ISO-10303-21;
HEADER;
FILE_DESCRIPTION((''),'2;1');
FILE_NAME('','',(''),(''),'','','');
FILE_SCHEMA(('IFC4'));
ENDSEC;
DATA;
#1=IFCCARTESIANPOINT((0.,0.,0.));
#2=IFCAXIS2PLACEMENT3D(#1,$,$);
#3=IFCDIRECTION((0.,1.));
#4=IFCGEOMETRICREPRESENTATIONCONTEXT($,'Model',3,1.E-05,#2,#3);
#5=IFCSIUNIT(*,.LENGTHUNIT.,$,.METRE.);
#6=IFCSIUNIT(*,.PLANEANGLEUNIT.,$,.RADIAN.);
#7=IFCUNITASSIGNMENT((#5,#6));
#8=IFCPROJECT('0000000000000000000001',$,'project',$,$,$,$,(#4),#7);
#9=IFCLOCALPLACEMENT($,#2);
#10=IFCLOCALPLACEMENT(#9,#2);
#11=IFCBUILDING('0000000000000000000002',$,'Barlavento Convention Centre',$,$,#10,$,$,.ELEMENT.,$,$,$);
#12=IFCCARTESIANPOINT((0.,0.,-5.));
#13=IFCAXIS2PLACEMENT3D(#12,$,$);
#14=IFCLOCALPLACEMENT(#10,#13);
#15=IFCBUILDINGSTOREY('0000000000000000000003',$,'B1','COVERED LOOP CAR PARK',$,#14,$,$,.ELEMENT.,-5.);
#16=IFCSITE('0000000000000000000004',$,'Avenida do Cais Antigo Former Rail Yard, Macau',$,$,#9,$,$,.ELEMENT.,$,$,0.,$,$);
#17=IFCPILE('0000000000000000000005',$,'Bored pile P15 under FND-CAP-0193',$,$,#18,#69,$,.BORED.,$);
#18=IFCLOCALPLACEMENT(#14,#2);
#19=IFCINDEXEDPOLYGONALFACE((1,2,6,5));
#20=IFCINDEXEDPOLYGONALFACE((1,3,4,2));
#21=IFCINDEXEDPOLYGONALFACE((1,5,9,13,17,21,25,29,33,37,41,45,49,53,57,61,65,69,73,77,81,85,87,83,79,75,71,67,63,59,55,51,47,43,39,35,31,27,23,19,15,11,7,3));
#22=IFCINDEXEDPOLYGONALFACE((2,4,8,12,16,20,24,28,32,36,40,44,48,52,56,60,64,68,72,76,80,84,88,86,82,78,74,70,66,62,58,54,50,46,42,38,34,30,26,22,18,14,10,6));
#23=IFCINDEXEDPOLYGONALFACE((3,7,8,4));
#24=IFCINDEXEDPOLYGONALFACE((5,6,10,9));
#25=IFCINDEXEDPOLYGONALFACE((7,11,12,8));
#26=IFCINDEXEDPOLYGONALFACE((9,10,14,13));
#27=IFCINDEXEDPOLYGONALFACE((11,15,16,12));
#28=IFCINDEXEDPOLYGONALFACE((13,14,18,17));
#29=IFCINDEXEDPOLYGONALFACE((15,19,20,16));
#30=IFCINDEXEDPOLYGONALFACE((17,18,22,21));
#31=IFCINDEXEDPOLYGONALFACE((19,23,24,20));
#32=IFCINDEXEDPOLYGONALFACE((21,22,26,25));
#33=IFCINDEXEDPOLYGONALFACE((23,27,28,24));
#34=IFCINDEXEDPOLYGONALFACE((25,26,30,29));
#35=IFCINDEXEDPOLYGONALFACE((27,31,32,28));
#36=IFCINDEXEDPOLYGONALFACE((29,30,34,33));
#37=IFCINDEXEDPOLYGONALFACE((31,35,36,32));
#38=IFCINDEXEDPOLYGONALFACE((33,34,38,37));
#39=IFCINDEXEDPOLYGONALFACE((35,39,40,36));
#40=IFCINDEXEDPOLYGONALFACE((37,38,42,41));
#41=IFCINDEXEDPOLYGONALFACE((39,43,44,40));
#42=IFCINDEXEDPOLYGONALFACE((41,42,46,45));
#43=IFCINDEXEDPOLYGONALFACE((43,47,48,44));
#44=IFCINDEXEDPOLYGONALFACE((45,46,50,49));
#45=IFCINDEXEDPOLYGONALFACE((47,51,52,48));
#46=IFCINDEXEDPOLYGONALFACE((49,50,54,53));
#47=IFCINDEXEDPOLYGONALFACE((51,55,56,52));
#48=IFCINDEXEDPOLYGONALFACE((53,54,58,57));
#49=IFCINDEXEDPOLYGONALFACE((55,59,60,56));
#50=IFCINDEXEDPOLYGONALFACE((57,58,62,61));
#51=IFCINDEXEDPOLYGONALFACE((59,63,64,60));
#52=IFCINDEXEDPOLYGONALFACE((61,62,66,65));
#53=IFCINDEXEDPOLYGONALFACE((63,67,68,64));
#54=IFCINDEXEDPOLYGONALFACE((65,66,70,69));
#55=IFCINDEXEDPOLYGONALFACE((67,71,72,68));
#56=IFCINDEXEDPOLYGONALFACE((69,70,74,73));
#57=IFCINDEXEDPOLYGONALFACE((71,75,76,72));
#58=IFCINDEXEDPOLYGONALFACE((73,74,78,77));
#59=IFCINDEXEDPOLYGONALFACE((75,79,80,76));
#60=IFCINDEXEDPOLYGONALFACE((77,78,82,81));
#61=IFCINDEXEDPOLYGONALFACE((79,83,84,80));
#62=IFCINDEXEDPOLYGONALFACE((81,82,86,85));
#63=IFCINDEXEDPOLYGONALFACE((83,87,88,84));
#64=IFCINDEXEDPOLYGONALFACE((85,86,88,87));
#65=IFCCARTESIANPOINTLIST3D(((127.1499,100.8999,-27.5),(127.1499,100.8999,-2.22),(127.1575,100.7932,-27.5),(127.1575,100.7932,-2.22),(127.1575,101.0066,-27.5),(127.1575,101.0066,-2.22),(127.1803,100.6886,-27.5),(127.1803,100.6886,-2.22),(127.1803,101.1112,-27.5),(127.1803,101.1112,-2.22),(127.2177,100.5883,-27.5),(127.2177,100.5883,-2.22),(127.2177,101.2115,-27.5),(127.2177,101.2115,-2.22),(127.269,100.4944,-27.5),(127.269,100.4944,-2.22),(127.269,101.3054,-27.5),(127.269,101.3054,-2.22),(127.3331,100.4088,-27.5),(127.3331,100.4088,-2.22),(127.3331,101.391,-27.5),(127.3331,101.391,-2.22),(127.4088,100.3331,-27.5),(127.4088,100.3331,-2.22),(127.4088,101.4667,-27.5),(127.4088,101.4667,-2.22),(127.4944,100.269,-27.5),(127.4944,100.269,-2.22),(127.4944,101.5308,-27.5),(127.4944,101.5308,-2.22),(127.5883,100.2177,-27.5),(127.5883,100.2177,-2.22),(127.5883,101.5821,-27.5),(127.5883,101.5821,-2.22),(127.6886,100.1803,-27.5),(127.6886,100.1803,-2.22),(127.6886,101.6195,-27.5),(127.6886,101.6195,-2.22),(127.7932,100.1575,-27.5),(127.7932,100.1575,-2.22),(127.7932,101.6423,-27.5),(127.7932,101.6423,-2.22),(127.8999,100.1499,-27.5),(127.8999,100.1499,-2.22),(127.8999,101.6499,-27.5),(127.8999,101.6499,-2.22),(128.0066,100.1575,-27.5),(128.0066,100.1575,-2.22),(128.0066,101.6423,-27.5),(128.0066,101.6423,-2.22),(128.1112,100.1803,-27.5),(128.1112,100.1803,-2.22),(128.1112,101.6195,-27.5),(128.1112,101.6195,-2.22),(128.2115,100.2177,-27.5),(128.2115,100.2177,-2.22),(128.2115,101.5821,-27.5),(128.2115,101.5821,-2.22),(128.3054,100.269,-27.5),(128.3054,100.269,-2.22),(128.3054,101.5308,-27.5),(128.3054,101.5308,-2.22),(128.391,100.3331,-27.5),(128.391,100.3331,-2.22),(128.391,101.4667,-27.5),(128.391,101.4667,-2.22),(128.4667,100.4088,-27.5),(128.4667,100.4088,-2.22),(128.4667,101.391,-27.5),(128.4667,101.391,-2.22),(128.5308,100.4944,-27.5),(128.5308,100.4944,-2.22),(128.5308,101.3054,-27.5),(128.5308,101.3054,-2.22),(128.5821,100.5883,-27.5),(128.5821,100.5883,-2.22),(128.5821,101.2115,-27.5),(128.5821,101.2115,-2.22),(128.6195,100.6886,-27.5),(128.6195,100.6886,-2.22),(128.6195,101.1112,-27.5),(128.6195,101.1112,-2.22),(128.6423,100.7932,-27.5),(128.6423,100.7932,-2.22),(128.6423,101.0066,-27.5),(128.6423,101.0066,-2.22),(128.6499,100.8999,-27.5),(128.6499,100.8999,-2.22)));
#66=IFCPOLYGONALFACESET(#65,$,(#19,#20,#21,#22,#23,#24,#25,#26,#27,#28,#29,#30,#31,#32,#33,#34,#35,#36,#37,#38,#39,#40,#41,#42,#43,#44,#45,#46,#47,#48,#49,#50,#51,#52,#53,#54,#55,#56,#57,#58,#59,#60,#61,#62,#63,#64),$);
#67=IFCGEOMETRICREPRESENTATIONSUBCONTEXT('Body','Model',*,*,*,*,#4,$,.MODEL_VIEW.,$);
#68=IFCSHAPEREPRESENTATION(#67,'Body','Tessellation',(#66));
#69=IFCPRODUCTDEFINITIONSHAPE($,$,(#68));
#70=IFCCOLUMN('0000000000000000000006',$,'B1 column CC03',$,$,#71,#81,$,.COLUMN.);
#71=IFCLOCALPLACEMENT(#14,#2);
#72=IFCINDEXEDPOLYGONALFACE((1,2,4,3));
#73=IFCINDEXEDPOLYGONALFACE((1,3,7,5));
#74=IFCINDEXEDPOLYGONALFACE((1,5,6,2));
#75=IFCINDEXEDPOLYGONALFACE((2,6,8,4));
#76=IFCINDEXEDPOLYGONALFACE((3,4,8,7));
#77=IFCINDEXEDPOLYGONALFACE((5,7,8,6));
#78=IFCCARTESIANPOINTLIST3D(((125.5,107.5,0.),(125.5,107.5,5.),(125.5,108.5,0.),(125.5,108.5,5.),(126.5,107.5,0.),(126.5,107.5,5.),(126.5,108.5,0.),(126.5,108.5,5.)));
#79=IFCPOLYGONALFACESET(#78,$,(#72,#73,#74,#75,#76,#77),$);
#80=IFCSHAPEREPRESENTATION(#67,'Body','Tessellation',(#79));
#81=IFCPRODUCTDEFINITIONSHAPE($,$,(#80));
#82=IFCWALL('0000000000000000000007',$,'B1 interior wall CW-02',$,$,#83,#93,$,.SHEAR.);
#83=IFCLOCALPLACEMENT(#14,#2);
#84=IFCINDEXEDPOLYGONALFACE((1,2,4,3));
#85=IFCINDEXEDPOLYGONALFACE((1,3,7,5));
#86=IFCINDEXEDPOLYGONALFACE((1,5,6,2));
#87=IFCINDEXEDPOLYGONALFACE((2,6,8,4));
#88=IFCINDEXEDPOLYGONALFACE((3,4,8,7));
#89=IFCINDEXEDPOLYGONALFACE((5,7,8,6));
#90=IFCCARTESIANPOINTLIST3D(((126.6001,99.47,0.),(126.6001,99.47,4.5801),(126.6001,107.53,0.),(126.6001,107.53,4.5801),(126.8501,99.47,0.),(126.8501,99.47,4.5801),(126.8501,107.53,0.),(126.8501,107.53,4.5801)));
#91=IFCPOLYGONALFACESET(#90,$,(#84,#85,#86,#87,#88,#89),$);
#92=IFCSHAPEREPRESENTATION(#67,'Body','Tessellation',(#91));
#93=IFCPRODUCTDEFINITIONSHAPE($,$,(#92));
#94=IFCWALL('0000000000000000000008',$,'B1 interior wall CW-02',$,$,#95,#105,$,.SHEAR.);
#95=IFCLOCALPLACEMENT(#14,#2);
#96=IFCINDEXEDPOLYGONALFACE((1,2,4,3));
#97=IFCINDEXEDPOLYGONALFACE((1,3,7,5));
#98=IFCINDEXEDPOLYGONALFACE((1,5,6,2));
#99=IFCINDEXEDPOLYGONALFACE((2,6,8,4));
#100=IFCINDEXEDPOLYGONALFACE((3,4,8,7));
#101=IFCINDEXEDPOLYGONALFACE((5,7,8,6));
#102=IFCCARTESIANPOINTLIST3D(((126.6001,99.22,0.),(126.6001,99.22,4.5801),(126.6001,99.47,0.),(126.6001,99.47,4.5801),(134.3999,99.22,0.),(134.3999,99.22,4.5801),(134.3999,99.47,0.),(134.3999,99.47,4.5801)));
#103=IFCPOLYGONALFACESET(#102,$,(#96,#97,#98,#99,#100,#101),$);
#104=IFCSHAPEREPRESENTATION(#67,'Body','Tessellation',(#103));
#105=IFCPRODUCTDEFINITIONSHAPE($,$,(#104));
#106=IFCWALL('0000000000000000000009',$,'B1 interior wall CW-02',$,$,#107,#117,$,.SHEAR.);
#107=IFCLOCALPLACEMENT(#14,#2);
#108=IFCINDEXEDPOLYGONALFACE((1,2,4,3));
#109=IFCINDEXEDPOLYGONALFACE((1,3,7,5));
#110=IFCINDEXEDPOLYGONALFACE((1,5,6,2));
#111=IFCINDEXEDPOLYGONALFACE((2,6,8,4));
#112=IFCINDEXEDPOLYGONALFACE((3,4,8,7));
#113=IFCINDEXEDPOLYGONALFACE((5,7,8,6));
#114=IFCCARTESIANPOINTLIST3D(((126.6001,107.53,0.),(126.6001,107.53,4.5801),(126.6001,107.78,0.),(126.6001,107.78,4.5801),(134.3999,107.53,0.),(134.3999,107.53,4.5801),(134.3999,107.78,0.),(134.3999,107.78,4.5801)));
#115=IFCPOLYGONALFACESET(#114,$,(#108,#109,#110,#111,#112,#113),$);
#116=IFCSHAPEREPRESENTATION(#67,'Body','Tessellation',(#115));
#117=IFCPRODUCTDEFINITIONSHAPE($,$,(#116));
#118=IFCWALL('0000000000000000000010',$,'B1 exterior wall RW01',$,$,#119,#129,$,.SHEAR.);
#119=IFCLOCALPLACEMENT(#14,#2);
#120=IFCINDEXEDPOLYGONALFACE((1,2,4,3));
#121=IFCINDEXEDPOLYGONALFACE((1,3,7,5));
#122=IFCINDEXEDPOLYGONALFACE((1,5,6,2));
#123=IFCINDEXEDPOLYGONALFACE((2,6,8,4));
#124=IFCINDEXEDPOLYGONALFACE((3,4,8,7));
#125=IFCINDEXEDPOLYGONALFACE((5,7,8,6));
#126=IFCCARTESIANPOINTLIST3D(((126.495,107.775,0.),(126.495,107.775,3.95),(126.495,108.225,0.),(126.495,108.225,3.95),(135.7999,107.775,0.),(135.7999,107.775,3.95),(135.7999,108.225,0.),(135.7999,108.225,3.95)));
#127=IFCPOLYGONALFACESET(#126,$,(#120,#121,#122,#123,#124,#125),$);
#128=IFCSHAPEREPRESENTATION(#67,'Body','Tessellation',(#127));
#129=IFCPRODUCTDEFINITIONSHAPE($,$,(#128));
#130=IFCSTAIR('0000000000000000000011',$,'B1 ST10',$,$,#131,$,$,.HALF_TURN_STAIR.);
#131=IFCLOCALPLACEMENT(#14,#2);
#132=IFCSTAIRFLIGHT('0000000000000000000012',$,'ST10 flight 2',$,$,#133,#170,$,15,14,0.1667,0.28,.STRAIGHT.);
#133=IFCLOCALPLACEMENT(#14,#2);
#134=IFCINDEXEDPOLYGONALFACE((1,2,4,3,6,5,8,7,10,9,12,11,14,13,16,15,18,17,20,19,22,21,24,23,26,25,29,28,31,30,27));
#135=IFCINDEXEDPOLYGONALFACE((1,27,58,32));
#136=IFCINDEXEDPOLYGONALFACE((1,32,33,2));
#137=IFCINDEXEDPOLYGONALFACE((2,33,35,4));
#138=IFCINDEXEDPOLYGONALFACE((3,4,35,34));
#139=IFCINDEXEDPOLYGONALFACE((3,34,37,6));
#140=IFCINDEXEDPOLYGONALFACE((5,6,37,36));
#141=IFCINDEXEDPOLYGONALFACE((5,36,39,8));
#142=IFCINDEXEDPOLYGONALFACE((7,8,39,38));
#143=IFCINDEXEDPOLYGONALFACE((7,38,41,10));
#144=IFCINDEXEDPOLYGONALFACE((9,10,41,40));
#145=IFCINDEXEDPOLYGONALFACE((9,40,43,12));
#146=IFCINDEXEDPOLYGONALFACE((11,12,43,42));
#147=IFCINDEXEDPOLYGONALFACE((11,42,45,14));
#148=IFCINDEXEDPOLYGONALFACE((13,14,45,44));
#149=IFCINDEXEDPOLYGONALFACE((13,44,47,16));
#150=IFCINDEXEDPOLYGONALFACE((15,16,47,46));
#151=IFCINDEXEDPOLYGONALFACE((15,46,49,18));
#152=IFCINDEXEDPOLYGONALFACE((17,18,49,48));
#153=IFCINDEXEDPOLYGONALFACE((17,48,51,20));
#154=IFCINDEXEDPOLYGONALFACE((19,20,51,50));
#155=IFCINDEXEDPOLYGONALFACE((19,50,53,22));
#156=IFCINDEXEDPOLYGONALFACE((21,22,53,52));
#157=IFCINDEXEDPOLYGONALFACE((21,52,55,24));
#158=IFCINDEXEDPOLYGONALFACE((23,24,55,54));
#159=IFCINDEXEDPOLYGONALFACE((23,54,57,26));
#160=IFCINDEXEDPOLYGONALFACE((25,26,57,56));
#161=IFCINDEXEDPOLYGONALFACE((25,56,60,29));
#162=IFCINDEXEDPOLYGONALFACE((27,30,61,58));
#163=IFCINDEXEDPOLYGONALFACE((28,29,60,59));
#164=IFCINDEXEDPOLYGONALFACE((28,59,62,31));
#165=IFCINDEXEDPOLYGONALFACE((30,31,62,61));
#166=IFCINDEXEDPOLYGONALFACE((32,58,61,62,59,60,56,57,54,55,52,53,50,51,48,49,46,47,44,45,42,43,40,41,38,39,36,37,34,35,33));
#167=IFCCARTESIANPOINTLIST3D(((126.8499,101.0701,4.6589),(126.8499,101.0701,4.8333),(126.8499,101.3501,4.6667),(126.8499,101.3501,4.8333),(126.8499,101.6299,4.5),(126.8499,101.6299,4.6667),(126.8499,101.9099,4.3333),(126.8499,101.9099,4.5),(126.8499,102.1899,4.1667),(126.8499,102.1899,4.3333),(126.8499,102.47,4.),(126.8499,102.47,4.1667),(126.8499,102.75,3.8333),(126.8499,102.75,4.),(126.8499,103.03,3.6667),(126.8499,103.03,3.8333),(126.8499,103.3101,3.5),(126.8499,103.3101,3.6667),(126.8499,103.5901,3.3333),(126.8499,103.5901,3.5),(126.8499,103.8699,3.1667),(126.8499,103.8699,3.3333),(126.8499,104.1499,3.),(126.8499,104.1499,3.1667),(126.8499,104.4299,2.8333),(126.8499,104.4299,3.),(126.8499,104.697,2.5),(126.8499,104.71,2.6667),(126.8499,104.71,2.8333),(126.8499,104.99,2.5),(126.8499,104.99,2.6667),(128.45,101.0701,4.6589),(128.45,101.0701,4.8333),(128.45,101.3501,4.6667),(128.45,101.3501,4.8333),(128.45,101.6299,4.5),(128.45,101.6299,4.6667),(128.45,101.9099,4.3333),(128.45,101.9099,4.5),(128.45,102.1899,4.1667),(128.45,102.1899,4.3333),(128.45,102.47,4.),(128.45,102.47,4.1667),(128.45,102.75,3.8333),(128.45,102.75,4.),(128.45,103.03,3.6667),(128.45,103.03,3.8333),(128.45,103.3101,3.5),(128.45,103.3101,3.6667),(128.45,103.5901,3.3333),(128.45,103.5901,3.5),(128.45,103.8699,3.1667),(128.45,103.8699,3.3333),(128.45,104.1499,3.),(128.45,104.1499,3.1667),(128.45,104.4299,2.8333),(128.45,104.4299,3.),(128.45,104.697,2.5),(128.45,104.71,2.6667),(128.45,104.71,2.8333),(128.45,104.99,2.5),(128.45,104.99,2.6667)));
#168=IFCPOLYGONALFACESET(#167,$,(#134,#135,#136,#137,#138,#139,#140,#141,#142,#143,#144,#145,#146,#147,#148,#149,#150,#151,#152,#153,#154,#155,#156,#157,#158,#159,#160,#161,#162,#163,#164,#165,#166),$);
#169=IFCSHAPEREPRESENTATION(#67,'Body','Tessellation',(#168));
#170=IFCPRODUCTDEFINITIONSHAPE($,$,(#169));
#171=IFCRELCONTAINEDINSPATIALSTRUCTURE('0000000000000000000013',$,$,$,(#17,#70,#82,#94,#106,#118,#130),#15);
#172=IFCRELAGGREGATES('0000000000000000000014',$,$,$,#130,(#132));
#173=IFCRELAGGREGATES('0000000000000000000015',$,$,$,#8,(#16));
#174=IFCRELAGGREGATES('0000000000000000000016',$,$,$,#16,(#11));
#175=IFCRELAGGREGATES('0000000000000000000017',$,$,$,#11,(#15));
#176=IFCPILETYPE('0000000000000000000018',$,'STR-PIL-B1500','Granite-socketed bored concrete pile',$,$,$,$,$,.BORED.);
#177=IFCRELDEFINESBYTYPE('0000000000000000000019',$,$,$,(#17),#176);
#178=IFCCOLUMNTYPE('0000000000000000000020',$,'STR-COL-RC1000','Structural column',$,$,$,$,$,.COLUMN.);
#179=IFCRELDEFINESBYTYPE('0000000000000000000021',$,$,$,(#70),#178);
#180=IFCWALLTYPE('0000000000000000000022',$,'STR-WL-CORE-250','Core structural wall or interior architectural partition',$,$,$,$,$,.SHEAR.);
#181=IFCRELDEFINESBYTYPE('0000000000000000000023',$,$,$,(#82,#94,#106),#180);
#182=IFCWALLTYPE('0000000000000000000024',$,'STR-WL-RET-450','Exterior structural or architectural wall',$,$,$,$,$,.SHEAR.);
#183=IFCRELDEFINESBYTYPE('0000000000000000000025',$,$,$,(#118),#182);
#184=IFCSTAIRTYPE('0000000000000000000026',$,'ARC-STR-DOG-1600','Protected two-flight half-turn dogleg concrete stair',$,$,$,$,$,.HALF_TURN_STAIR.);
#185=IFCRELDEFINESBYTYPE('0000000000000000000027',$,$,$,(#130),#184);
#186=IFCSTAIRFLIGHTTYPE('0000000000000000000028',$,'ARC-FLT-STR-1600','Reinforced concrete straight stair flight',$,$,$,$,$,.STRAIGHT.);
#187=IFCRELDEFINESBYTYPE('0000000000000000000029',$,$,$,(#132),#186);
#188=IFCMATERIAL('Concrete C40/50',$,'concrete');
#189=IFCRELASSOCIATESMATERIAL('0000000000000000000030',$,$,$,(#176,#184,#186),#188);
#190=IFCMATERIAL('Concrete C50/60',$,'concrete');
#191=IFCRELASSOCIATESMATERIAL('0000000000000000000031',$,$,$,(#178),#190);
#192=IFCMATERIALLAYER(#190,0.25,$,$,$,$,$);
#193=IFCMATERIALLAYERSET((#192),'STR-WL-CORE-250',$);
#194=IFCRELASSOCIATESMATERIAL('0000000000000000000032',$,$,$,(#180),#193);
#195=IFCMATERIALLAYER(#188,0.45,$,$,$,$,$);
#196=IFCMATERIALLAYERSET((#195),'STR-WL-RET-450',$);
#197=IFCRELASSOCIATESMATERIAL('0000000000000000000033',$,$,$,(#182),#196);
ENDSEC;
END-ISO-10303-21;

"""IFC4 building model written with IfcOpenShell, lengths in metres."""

from ifc_helpers import new_model, si_unit, direction, frame, frame_2d, origin, origin_2d, place, context, subcontext, project, spatial, polyline, rectangle, circle, outline, extrude, material, layer, layer_set, material_profile, profile_set, type_object, element, aggregate, save


model = new_model("IFC4")

# Units and contexts
model_context = context("Model", 3, precision=1e-05, world=origin(), true_north=direction((0.0, 1.0)))
body_context = subcontext(model_context, "Body", "Model", "MODEL_VIEW")
ifc_project = project(units=[si_unit("LENGTHUNIT", "METRE"), si_unit("PLANEANGLEUNIT", "RADIAN")], contexts=[model_context])

# Site, building, storey
site_placement = place(None, origin())
site = spatial("IfcSite", under=ifc_project, at=site_placement, Name="Avenida do Cais Antigo Former Rail Yard, Macau", CompositionType="ELEMENT", RefElevation=0.0)
building_placement = place(site_placement, origin())
building = spatial("IfcBuilding", under=site, at=building_placement, Name="Barlavento Convention Centre", CompositionType="ELEMENT")
storey_placement = place(building_placement, frame((0.0, 0.0, -5.0)))
storey = spatial("IfcBuildingStorey", under=building, at=storey_placement, Name="B1", Description="COVERED LOOP CAR PARK", CompositionType="ELEMENT", Elevation=-5.0)

# Shared definitions
ifc_material_1 = material(Name="Concrete C40/50", Category="concrete")

# Pile
ifc_material_profile_1 = material_profile(ifc_material_1, circle(Radius=0.75, at=origin_2d()), Name="BORED PILE 1500")
ifc_profile_set_1 = profile_set([ifc_material_profile_1], Name="Concrete C40/50")
pile_type_1 = type_object("IfcPileType", Name="STR-PIL-B1500", Description="Granite-socketed bored concrete pile", PredefinedType="BORED", material=ifc_profile_set_1)
for number, where, z_axis, x_axis, name in (
    (1, (127.8999, 100.8999, -2.22), (0.0, 0.0, -1.0), (1.0, 0.0, 0.0), "Bored pile P15 under FND-CAP-0193"),
):
    element("IfcPile", number, at=place(storey_placement, frame(where, z_axis=z_axis, x_axis=x_axis)), inside=storey, type_object=pile_type_1, Name=name, PredefinedType="BORED", context=body_context, shape_type="SweptSolid", body=[
        extrude(circle(Radius=0.75, at=origin_2d()), origin(), (0.0, 0.0, 1.0), 25.28),
    ])

# Column
ifc_material_2 = material(Name="Concrete C50/60", Category="concrete")
ifc_material_profile_2 = material_profile(ifc_material_2, rectangle(XDim=1.0, YDim=1.0, at=origin_2d()), Name="RC 1000x1000")
ifc_profile_set_2 = profile_set([ifc_material_profile_2], Name="Concrete C50/60")
column_type = type_object("IfcColumnType", Name="STR-COL-RC1000", Description="Structural column", PredefinedType="COLUMN", material=ifc_profile_set_2)
column_placement = place(storey_placement, frame((126.0, 108.0, 0.0), z_axis=(0.0, 0.0, 1.0), x_axis=(1.0, 0.0, 0.0)))
element("IfcColumn", 2, at=column_placement, inside=storey, type_object=column_type, Name="B1 column CC03", PredefinedType="COLUMN", context=body_context, shape_type="SweptSolid", body=[
    extrude(rectangle(XDim=1.0, YDim=1.0, at=origin_2d()), origin(), (0.0, 0.0, 1.0), 5.0),
])

# Walls
ifc_layer_1 = layer(ifc_material_2, 0.25)
ifc_layer_set_1 = layer_set([ifc_layer_1], Name="STR-WL-CORE-250")
wall_type_1 = type_object("IfcWallType", Name="STR-WL-CORE-250", Description="Core structural wall or interior architectural partition", PredefinedType="SHEAR", material=ifc_layer_set_1)
wall_1_placement = place(storey_placement, frame((126.7251, 99.47, 0.0), z_axis=(0.0, 0.0, 1.0), x_axis=(0.0, 1.0, 0.0)))
element("IfcWall", 3, at=wall_1_placement, inside=storey, type_object=wall_type_1, Name="B1 interior wall CW-02", PredefinedType="SHEAR", context=body_context, shape_type="SweptSolid", body=[
    extrude(rectangle(XDim=8.0601, YDim=0.25, at=frame_2d((4.03, 0.0))), origin(), (0.0, 0.0, 1.0), 4.5801),
])
for number, where, z_axis, x_axis, name in (
    (4, (126.6001, 99.345, 0.0), (0.0, 0.0, 1.0), (1.0, 0.0, 0.0), "B1 interior wall CW-02"),
    (5, (126.6001, 107.655, 0.0), (0.0, 0.0, 1.0), (1.0, 0.0, 0.0), "B1 interior wall CW-02"),
):
    element("IfcWall", number, at=place(storey_placement, frame(where, z_axis=z_axis, x_axis=x_axis)), inside=storey, type_object=wall_type_1, Name=name, PredefinedType="SHEAR", context=body_context, shape_type="SweptSolid", body=[
        extrude(rectangle(XDim=7.7998, YDim=0.25, at=frame_2d((3.8999, 0.0))), origin(), (0.0, 0.0, 1.0), 4.5801),
    ])
ifc_layer_2 = layer(ifc_material_1, 0.45)
ifc_layer_set_2 = layer_set([ifc_layer_2], Name="STR-WL-RET-450")
wall_type_2 = type_object("IfcWallType", Name="STR-WL-RET-450", Description="Exterior structural or architectural wall", PredefinedType="SHEAR", material=ifc_layer_set_2)
wall_2_placement = place(storey_placement, frame((126.4951, 108.0, 0.0), z_axis=(0.0, 0.0, 1.0), x_axis=(1.0, 0.0, 0.0)))
element("IfcWall", 6, at=wall_2_placement, inside=storey, type_object=wall_type_2, Name="B1 exterior wall RW01", PredefinedType="SHEAR", context=body_context, shape_type="SweptSolid", body=[
    extrude(rectangle(XDim=9.3049, YDim=0.45, at=frame_2d((4.6523, 0.0))), origin(), (0.0, 0.0, 1.0), 3.95),
])

# Stair, stair flight
stair_type = type_object("IfcStairType", Name="ARC-STR-DOG-1600", Description="Protected two-flight half-turn dogleg concrete stair", PredefinedType="HALF_TURN_STAIR", material=ifc_material_1)
stair_placement = place(storey_placement, origin())
stair = element("IfcStair", 7, at=stair_placement, inside=storey, type_object=stair_type, Name="B1 ST10", PredefinedType="HALF_TURN_STAIR")
stair_flight_type = type_object("IfcStairFlightType", Name="ARC-FLT-STR-1600", Description="Reinforced concrete straight stair flight", PredefinedType="STRAIGHT", material=ifc_material_1)
stair_flight_placement = place(storey_placement, frame((127.6499, 104.99, 2.5), z_axis=(0.0, 0.0, 1.0), x_axis=(0.0, -1.0, 0.0)))
stair_flight = element("IfcStairFlight", 8, at=stair_flight_placement, type_object=stair_flight_type, Name="ST10 flight 2", NumberOfRisers=15, NumberOfTreads=14, PredefinedType="STRAIGHT", RiserHeight=0.1667, TreadLength=0.28, context=body_context, shape_type="SweptSolid", body=[
    extrude(outline(polyline([(0.0, 0.0), (0.0, 0.1667), (0.28, 0.1667), (0.28, 0.3333), (0.5601, 0.3333), (0.5601, 0.5), (0.8401, 0.5), (0.8401, 0.6667), (1.1201, 0.6667), (1.1201, 0.8333), (1.3999, 0.8333), (1.3999, 1.0), (1.6799, 1.0), (1.6799, 1.1667), (1.96, 1.1667), (1.96, 1.3333), (2.24, 1.3333), (2.24, 1.5), (2.52, 1.5), (2.52, 1.6667), (2.8, 1.6667), (2.8, 1.8333), (3.0801, 1.8333), (3.0801, 2.0), (3.3601, 2.0), (3.3601, 2.1667), (3.6399, 2.1667), (3.6399, 2.3333), (3.9199, 2.3333), (3.9199, 2.5), (3.9199, 2.1589), (0.293, 0.0), (0.0, 0.0)])), frame((0.0, 0.8, 0.0), z_axis=(0.0, -1.0, 0.0), x_axis=(1.0, 0.0, 0.0)), (0.0, 0.0, 1.0), 1.6001),
])
aggregate(stair, [stair_flight])

save(model, "model.ifc")
